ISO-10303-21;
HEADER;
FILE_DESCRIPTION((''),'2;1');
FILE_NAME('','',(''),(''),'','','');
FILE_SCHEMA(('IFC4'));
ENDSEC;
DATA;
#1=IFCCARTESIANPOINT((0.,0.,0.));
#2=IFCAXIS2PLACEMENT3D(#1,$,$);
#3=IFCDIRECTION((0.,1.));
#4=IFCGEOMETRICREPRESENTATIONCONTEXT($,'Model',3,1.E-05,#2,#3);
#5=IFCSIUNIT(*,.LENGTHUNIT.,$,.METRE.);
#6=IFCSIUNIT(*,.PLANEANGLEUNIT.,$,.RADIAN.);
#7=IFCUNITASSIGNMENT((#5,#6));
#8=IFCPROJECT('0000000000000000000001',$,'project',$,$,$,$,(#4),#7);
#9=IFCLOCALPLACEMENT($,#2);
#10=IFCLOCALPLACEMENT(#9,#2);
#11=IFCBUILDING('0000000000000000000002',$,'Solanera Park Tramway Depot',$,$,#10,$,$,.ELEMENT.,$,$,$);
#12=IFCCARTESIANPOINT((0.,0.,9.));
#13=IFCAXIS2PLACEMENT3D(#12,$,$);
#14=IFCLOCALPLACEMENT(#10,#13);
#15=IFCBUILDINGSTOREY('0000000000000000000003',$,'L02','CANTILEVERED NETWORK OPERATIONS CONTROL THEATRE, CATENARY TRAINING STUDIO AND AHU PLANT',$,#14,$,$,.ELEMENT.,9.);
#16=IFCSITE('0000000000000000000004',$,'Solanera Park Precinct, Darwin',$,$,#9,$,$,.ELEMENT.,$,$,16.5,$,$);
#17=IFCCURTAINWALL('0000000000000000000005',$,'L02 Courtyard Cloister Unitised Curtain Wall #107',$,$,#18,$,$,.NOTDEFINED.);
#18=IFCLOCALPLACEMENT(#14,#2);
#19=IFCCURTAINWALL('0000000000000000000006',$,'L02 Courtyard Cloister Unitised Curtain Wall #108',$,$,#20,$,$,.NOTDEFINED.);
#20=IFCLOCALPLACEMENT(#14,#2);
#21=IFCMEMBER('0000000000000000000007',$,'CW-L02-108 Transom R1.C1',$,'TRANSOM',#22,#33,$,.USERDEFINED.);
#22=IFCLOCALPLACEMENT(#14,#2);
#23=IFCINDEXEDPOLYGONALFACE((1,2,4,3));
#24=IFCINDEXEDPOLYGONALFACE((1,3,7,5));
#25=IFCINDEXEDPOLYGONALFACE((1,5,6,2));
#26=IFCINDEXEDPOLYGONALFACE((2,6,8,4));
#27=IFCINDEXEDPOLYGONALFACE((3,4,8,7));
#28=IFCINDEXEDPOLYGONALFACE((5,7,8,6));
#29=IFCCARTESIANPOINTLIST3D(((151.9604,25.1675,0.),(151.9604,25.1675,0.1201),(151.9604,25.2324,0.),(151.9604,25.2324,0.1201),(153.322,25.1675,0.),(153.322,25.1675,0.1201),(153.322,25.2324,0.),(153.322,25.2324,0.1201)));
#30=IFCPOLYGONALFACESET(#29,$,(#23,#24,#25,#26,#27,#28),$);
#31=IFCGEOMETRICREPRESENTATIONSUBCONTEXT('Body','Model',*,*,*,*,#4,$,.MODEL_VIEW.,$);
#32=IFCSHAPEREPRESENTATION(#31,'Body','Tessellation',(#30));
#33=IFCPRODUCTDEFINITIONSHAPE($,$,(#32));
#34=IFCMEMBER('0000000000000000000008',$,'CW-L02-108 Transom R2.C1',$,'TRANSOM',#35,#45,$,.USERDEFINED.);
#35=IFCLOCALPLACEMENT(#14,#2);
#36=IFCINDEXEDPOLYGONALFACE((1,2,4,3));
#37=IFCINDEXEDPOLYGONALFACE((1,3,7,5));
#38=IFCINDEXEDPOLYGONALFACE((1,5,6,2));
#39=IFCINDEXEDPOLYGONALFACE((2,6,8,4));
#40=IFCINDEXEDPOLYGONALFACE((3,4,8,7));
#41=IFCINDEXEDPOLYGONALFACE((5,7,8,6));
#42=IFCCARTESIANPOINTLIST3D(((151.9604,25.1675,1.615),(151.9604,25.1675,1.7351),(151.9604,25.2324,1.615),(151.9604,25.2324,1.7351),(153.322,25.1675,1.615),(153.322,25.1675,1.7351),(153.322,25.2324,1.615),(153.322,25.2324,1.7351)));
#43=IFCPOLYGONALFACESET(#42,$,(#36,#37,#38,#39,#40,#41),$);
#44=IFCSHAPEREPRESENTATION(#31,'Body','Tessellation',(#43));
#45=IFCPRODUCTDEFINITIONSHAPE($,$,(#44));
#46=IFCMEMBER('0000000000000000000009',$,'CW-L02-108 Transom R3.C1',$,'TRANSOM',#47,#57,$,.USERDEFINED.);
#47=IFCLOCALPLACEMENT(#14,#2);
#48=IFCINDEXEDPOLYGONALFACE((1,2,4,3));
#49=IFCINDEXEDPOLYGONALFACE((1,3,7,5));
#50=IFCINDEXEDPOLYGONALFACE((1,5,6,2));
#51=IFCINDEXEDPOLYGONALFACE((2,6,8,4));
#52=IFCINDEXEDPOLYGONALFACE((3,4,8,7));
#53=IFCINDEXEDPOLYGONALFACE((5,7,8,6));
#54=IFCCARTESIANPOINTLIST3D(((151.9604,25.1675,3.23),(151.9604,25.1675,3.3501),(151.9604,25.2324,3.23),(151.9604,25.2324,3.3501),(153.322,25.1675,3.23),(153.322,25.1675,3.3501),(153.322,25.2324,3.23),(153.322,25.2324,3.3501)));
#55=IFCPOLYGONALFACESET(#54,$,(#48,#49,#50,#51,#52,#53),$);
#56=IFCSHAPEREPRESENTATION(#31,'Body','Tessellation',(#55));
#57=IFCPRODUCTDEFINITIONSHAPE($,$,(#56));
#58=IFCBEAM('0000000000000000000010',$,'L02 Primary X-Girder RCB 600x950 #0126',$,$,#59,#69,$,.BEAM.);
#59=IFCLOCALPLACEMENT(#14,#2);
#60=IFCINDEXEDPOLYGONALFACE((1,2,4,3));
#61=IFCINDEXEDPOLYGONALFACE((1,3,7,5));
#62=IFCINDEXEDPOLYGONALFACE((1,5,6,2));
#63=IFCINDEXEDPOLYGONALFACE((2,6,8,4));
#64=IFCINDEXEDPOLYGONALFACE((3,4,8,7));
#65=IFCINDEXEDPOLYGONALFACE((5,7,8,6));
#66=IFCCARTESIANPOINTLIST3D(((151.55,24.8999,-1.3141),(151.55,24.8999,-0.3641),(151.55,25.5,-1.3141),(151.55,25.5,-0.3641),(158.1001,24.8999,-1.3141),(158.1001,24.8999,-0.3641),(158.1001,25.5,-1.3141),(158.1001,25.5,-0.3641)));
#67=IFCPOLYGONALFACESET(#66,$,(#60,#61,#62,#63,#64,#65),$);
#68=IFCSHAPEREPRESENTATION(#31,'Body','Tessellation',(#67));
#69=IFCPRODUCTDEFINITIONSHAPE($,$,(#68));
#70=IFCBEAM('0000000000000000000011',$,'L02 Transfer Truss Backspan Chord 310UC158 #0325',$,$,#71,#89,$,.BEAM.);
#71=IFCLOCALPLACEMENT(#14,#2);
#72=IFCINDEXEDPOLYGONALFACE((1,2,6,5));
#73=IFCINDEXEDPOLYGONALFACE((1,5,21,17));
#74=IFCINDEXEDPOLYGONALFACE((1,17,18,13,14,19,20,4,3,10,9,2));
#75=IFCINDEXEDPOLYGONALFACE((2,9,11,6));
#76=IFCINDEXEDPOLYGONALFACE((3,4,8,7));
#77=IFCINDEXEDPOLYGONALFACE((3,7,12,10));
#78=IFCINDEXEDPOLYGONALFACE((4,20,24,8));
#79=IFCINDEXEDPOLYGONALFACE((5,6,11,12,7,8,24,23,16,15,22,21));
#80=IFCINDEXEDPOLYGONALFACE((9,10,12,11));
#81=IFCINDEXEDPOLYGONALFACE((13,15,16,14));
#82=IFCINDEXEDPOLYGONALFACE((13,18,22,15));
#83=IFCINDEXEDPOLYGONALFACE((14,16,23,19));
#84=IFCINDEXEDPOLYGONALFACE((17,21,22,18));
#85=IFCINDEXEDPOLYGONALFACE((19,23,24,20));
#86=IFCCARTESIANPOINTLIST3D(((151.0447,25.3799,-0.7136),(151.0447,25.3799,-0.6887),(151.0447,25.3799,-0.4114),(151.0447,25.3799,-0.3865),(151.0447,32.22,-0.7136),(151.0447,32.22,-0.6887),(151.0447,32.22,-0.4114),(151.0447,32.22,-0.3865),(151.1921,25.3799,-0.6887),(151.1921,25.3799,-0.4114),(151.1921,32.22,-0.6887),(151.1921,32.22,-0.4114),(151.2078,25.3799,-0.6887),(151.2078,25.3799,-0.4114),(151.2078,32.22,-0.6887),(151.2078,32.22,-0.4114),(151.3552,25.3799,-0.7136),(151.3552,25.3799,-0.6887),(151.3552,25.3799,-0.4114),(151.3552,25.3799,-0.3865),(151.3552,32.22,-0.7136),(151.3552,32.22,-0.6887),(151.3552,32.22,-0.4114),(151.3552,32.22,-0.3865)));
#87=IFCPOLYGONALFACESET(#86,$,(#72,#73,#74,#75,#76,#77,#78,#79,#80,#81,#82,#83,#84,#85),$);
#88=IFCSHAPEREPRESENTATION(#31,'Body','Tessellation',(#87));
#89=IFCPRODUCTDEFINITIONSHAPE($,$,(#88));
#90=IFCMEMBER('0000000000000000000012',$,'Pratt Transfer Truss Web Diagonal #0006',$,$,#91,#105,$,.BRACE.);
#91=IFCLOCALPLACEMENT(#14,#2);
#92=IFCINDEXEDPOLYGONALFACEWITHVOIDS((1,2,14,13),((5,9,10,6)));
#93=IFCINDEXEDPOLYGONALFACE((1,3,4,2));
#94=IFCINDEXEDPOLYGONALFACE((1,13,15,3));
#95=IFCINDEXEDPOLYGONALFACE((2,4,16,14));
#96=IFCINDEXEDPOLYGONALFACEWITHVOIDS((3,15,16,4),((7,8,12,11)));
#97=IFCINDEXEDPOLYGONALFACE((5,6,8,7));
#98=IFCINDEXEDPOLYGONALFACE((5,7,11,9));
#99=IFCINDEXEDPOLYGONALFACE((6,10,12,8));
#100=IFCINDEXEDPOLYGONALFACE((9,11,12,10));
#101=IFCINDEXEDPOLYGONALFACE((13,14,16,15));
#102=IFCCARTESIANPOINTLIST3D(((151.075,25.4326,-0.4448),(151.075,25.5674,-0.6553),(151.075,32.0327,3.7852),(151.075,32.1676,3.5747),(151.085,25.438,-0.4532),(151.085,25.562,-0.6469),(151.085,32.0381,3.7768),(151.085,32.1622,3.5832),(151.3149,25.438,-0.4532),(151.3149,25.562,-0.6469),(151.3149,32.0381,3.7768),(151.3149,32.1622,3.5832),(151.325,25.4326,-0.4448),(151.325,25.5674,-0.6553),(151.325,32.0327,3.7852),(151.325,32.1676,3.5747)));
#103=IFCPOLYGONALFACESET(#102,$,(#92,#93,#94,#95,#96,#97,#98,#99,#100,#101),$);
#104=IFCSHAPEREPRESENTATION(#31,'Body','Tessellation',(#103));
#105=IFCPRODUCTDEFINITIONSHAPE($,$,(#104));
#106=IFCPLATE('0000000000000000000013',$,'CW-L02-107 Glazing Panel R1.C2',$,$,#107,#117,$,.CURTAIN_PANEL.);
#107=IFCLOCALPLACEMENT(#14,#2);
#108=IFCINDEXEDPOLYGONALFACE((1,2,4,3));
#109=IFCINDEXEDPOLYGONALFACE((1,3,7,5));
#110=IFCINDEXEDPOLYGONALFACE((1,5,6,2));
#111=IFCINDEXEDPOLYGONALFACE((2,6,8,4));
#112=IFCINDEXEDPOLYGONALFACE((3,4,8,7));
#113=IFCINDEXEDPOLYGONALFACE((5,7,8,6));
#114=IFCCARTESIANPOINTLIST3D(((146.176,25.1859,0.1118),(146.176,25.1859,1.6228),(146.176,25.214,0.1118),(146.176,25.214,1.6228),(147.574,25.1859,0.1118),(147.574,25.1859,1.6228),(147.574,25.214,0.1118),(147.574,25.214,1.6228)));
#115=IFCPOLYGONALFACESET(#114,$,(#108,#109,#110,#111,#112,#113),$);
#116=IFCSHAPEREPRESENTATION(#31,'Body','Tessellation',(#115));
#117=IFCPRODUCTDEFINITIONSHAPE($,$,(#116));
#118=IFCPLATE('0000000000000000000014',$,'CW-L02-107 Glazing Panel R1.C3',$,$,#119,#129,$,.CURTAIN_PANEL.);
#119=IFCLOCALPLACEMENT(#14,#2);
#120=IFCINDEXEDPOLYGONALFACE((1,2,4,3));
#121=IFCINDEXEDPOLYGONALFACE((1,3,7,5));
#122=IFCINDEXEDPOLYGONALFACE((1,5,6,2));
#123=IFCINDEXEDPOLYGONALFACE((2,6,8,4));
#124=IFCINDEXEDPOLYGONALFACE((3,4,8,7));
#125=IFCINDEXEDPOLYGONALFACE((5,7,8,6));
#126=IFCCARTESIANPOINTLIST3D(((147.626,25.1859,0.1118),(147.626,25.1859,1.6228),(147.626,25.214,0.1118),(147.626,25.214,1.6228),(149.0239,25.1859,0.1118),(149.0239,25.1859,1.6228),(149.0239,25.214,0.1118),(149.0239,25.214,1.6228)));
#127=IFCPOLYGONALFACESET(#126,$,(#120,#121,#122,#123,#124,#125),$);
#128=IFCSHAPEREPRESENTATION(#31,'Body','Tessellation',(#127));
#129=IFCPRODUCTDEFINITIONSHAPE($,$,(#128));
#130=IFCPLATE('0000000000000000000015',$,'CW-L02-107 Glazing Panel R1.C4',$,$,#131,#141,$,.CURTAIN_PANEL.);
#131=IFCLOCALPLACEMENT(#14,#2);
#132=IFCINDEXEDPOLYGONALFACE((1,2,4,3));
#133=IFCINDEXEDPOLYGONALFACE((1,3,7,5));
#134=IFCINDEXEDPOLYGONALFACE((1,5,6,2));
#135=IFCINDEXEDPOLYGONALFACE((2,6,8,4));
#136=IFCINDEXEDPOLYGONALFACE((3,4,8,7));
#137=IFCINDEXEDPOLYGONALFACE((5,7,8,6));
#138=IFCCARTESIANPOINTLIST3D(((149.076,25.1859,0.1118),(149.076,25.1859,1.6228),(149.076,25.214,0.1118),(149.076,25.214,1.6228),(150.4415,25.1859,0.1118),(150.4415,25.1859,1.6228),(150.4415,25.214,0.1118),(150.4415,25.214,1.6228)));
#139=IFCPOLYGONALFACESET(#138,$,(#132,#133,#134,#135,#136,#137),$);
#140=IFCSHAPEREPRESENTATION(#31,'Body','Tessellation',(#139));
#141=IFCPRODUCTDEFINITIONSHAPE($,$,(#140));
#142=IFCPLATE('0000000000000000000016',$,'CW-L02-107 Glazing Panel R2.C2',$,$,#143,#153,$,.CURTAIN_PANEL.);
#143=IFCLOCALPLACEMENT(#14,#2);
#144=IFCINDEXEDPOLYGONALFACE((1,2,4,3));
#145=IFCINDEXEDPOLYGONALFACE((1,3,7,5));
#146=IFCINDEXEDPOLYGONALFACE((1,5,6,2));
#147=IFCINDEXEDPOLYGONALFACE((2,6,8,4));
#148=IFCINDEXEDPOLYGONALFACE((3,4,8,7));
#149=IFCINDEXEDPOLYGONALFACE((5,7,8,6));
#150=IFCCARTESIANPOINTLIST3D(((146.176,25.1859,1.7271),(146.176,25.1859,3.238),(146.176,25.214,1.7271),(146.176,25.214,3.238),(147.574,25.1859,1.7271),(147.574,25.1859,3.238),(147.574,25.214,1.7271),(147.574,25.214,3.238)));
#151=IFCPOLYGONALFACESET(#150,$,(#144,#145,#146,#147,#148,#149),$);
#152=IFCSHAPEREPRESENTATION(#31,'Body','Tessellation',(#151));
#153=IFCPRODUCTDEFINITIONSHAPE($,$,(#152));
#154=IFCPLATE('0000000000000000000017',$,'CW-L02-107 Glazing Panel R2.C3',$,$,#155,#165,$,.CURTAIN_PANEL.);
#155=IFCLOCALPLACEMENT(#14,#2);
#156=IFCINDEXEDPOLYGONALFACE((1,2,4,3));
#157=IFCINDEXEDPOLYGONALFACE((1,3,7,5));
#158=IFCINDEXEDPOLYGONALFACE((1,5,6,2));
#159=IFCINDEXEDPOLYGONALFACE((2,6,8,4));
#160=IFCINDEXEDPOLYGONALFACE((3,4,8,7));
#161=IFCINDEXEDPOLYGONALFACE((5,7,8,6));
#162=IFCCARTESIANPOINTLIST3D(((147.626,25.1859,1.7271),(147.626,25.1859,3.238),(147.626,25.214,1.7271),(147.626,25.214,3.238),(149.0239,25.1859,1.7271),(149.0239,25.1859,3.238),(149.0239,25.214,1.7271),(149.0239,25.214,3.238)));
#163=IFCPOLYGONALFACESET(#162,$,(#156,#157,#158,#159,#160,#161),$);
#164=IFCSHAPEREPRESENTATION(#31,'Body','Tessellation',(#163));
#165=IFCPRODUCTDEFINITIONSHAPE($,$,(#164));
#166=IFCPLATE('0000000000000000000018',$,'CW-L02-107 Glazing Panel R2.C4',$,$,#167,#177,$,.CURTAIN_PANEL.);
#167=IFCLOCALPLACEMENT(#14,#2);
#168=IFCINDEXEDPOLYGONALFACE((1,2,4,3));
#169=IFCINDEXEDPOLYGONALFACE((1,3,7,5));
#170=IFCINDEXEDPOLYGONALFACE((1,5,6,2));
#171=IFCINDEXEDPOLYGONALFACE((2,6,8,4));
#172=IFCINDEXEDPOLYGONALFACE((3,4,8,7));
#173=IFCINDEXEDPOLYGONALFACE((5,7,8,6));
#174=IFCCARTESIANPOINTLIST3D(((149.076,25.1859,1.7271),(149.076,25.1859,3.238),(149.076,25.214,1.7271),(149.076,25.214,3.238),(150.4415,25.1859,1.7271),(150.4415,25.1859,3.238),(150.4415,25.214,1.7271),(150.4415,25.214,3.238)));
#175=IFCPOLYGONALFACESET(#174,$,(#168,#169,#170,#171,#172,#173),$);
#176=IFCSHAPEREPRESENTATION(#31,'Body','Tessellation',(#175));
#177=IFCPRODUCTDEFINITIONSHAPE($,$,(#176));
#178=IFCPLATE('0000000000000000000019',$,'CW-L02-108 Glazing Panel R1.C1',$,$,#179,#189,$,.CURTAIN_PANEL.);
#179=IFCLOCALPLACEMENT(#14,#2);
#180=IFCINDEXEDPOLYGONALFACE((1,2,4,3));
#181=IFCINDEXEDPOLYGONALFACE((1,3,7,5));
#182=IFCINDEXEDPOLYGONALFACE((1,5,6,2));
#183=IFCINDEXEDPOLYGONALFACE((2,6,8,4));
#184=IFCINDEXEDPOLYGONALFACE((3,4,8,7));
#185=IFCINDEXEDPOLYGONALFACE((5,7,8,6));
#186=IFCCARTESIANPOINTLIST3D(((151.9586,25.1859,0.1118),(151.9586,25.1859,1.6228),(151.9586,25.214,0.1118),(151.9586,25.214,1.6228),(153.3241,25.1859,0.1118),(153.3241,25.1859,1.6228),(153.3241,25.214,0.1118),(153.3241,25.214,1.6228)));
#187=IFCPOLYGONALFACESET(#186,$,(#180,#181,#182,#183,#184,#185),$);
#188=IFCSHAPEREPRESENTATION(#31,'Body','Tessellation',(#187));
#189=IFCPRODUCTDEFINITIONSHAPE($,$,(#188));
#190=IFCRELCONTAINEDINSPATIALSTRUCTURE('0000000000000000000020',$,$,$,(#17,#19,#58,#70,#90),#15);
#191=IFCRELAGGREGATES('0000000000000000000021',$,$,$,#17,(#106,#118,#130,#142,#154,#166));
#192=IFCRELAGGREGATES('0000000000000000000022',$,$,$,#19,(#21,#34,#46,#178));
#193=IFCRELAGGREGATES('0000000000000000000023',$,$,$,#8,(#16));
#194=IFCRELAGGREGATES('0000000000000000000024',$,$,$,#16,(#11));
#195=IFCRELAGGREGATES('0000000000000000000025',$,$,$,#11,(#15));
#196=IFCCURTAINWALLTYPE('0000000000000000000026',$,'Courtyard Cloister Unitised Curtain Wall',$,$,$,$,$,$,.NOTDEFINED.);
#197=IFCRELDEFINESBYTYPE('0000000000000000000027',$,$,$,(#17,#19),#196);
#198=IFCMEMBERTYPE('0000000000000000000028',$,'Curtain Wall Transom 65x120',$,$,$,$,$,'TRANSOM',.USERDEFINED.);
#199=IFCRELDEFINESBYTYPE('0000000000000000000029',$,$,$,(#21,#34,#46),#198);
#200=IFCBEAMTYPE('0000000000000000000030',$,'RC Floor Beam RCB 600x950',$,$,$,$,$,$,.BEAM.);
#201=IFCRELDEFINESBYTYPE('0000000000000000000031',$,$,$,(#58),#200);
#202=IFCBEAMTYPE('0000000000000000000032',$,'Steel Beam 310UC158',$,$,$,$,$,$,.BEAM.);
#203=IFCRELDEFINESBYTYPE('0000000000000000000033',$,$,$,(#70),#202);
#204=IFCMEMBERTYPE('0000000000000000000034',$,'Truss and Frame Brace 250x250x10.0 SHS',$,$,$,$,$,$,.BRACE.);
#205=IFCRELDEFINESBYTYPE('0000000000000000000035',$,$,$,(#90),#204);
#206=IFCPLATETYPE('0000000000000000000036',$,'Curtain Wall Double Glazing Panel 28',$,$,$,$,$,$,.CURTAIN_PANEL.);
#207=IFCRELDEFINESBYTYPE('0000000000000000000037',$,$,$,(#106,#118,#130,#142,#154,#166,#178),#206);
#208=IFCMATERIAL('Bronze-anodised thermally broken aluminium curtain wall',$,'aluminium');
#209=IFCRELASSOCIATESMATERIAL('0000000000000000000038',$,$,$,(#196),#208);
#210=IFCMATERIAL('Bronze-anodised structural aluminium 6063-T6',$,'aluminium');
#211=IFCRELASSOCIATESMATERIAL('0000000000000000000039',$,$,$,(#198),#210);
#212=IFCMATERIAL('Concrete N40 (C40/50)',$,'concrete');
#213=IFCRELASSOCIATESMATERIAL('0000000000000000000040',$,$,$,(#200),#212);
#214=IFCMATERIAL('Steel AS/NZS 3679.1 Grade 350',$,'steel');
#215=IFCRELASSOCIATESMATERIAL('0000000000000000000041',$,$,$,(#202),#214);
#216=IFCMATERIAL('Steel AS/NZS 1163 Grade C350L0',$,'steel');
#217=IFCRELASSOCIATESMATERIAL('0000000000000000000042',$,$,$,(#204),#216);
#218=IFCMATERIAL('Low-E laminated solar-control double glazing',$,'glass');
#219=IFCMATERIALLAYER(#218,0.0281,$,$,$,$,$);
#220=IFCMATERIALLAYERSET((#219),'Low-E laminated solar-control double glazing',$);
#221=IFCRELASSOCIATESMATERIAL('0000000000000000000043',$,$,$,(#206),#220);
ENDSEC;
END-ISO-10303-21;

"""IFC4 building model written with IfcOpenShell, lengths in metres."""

from ifc_helpers import new_model, si_unit, direction, frame, origin, origin_2d, place, context, subcontext, project, spatial, rectangle, hollow_rectangle, i_section, extrude, material, layer, layer_set, material_profile, profile_set, type_object, element, aggregate, save


model = new_model("IFC4")

# Units and contexts
model_context = context("Model", 3, precision=1e-05, world=origin(), true_north=direction((0.0, 1.0)))
body_context = subcontext(model_context, "Body", "Model", "MODEL_VIEW")
ifc_project = project(units=[si_unit("LENGTHUNIT", "METRE"), si_unit("PLANEANGLEUNIT", "RADIAN")], contexts=[model_context])

# Site, building, storey
site_placement = place(None, origin())
site = spatial("IfcSite", under=ifc_project, at=site_placement, Name="Solanera Park Precinct, Darwin", CompositionType="ELEMENT", RefElevation=16.5)
building_placement = place(site_placement, origin())
building = spatial("IfcBuilding", under=site, at=building_placement, Name="Solanera Park Tramway Depot", CompositionType="ELEMENT")
storey_placement = place(building_placement, frame((0.0, 0.0, 9.0)))
storey = spatial("IfcBuildingStorey", under=building, at=storey_placement, Name="L02", Description="CANTILEVERED NETWORK OPERATIONS CONTROL THEATRE, CATENARY TRAINING STUDIO AND AHU PLANT", CompositionType="ELEMENT", Elevation=9.0)

# Curtain wall
ifc_material_1 = material(Name="Bronze-anodised thermally broken aluminium curtain wall", Category="aluminium")
curtain_wall_type = type_object("IfcCurtainWallType", Name="Courtyard Cloister Unitised Curtain Wall", PredefinedType="NOTDEFINED", material=ifc_material_1)
curtain_wall_1_placement = place(storey_placement, origin())
curtain_wall_1 = element("IfcCurtainWall", 1, at=curtain_wall_1_placement, inside=storey, type_object=curtain_wall_type, Name="L02 Courtyard Cloister Unitised Curtain Wall #107", PredefinedType="NOTDEFINED")

# Curtain wall
curtain_wall_2_placement = place(storey_placement, origin())
curtain_wall_2 = element("IfcCurtainWall", 2, at=curtain_wall_2_placement, inside=storey, type_object=curtain_wall_type, Name="L02 Courtyard Cloister Unitised Curtain Wall #108", PredefinedType="NOTDEFINED")

# Members
ifc_material_2 = material(Name="Bronze-anodised structural aluminium 6063-T6", Category="aluminium")
ifc_material_profile_1 = material_profile(ifc_material_2, rectangle(XDim=0.0649, YDim=0.1201, at=origin_2d()), Name="Curtain Wall Transom 65x120")
ifc_profile_set_1 = profile_set([ifc_material_profile_1], Name="Bronze-anodised structural aluminium 6063-T6")
member_type_1 = type_object("IfcMemberType", Name="Curtain Wall Transom 65x120", ElementType="TRANSOM", PredefinedType="USERDEFINED", material=ifc_profile_set_1)
member_1_placement = place(storey_placement, frame((151.9604, 25.2, 0.0601), z_axis=(1.0, 0.0, 0.0), x_axis=(0.0, 1.0, 0.0)))
member_1 = element("IfcMember", 3, at=member_1_placement, type_object=member_type_1, Name="CW-L02-108 Transom R1.C1", ObjectType="TRANSOM", PredefinedType="USERDEFINED", context=body_context, shape_type="SweptSolid", body=[
    extrude(rectangle(XDim=0.0649, YDim=0.1201, at=origin_2d()), origin(), (0.0, 0.0, 1.0), 1.3616),
])
member_2_placement = place(storey_placement, frame((151.9604, 25.2, 1.675), z_axis=(1.0, 0.0, 0.0), x_axis=(0.0, 1.0, 0.0)))
member_2 = element("IfcMember", 4, at=member_2_placement, type_object=member_type_1, Name="CW-L02-108 Transom R2.C1", ObjectType="TRANSOM", PredefinedType="USERDEFINED", context=body_context, shape_type="SweptSolid", body=[
    extrude(rectangle(XDim=0.0649, YDim=0.1201, at=origin_2d()), origin(), (0.0, 0.0, 1.0), 1.3616),
])
member_3_placement = place(storey_placement, frame((151.9604, 25.2, 3.29), z_axis=(1.0, 0.0, 0.0), x_axis=(0.0, 1.0, 0.0)))
member_3 = element("IfcMember", 5, at=member_3_placement, type_object=member_type_1, Name="CW-L02-108 Transom R3.C1", ObjectType="TRANSOM", PredefinedType="USERDEFINED", context=body_context, shape_type="SweptSolid", body=[
    extrude(rectangle(XDim=0.0649, YDim=0.1201, at=origin_2d()), origin(), (0.0, 0.0, 1.0), 1.3616),
])

# Beams
ifc_material_3 = material(Name="Concrete N40 (C40/50)", Category="concrete")
ifc_material_profile_2 = material_profile(ifc_material_3, rectangle(XDim=0.6001, YDim=0.95, at=origin_2d()), Name="RCB 600x950")
ifc_profile_set_2 = profile_set([ifc_material_profile_2], Name="Concrete N40 (C40/50)")
beam_type_1 = type_object("IfcBeamType", Name="RC Floor Beam RCB 600x950", PredefinedType="BEAM", material=ifc_profile_set_2)
beam_1_placement = place(storey_placement, frame((151.55, 25.2, -0.8391), z_axis=(1.0, 0.0, 0.0), x_axis=(0.0, 1.0, 0.0)))
element("IfcBeam", 6, at=beam_1_placement, inside=storey, type_object=beam_type_1, Name="L02 Primary X-Girder RCB 600x950 #0126", PredefinedType="BEAM", context=body_context, shape_type="SweptSolid", body=[
    extrude(rectangle(XDim=0.6001, YDim=0.95, at=origin_2d()), origin(), (0.0, 0.0, 1.0), 6.55),
])
ifc_material_4 = material(Name="Steel AS/NZS 3679.1 Grade 350", Category="steel")
ifc_material_profile_3 = material_profile(ifc_material_4, i_section(OverallWidth=0.3105, OverallDepth=0.3271, WebThickness=0.0156, FlangeThickness=0.0249, at=origin_2d()), Name="310UC158")
ifc_profile_set_3 = profile_set([ifc_material_profile_3], Name="Steel AS/NZS 3679.1 Grade 350")
beam_type_2 = type_object("IfcBeamType", Name="Steel Beam 310UC158", PredefinedType="BEAM", material=ifc_profile_set_3)
beam_2_placement = place(storey_placement, frame((151.2, 25.3799, -0.55), z_axis=(0.0, 1.0, 0.0), x_axis=(-1.0, 0.0, 0.0)))
element("IfcBeam", 7, at=beam_2_placement, inside=storey, type_object=beam_type_2, Name="L02 Transfer Truss Backspan Chord 310UC158 #0325", PredefinedType="BEAM", context=body_context, shape_type="SweptSolid", body=[
    extrude(i_section(OverallWidth=0.3105, OverallDepth=0.3271, WebThickness=0.0156, FlangeThickness=0.0249, at=origin_2d()), origin(), (0.0, 0.0, 1.0), 6.8401),
])

# Member
ifc_material_5 = material(Name="Steel AS/NZS 1163 Grade C350L0", Category="steel")
ifc_material_profile_4 = material_profile(ifc_material_5, hollow_rectangle(XDim=0.25, YDim=0.25, WallThickness=0.01, at=origin_2d()), Name="250x250x10.0 SHS")
ifc_profile_set_4 = profile_set([ifc_material_profile_4], Name="Steel AS/NZS 1163 Grade C350L0")
member_type_2 = type_object("IfcMemberType", Name="Truss and Frame Brace 250x250x10.0 SHS", PredefinedType="BRACE", material=ifc_profile_set_4)
member_4_placement = place(storey_placement, frame((151.2, 25.5, -0.55), z_axis=(0.0, 0.841928, 0.539589), x_axis=(-1.0, 0.0, 0.0)))
element("IfcMember", 8, at=member_4_placement, inside=storey, type_object=member_type_2, Name="Pratt Transfer Truss Web Diagonal #0006", PredefinedType="BRACE", context=body_context, shape_type="SweptSolid", body=[
    extrude(hollow_rectangle(XDim=0.25, YDim=0.25, WallThickness=0.01, at=origin_2d()), origin(), (0.0, 0.0, 1.0), 7.8394),
])

# Plates
ifc_material_6 = material(Name="Low-E laminated solar-control double glazing", Category="glass")
ifc_layer_1 = layer(ifc_material_6, 0.0281)
ifc_layer_set_1 = layer_set([ifc_layer_1], Name="Low-E laminated solar-control double glazing")
plate_type_1 = type_object("IfcPlateType", Name="Curtain Wall Double Glazing Panel 28", PredefinedType="CURTAIN_PANEL", material=ifc_layer_set_1)
plate_1_placement = place(storey_placement, frame((146.875, 25.2, 0.1118), z_axis=(0.0, 0.0, 1.0), x_axis=(1.0, 0.0, 0.0)))
plate_1 = element("IfcPlate", 9, at=plate_1_placement, type_object=plate_type_1, Name="CW-L02-107 Glazing Panel R1.C2", PredefinedType="CURTAIN_PANEL", context=body_context, shape_type="SweptSolid", body=[
    extrude(rectangle(XDim=1.3979, YDim=0.0281, at=origin_2d()), origin(), (0.0, 0.0, 1.0), 1.511),
])
plate_2_placement = place(storey_placement, frame((148.325, 25.2, 0.1118), z_axis=(0.0, 0.0, 1.0), x_axis=(1.0, 0.0, 0.0)))
plate_2 = element("IfcPlate", 10, at=plate_2_placement, type_object=plate_type_1, Name="CW-L02-107 Glazing Panel R1.C3", PredefinedType="CURTAIN_PANEL", context=body_context, shape_type="SweptSolid", body=[
    extrude(rectangle(XDim=1.3979, YDim=0.0281, at=origin_2d()), origin(), (0.0, 0.0, 1.0), 1.511),
])
plate_3_placement = place(storey_placement, frame((149.7588, 25.2, 0.1118), z_axis=(0.0, 0.0, 1.0), x_axis=(1.0, 0.0, 0.0)))
plate_3 = element("IfcPlate", 11, at=plate_3_placement, type_object=plate_type_1, Name="CW-L02-107 Glazing Panel R1.C4", PredefinedType="CURTAIN_PANEL", context=body_context, shape_type="SweptSolid", body=[
    extrude(rectangle(XDim=1.3655, YDim=0.0281, at=origin_2d()), origin(), (0.0, 0.0, 1.0), 1.511),
])
plate_4_placement = place(storey_placement, frame((146.875, 25.2, 1.7271), z_axis=(0.0, 0.0, 1.0), x_axis=(1.0, 0.0, 0.0)))
plate_4 = element("IfcPlate", 12, at=plate_4_placement, type_object=plate_type_1, Name="CW-L02-107 Glazing Panel R2.C2", PredefinedType="CURTAIN_PANEL", context=body_context, shape_type="SweptSolid", body=[
    extrude(rectangle(XDim=1.3979, YDim=0.0281, at=origin_2d()), origin(), (0.0, 0.0, 1.0), 1.511),
])
plate_5_placement = place(storey_placement, frame((148.325, 25.2, 1.7271), z_axis=(0.0, 0.0, 1.0), x_axis=(1.0, 0.0, 0.0)))
plate_5 = element("IfcPlate", 13, at=plate_5_placement, type_object=plate_type_1, Name="CW-L02-107 Glazing Panel R2.C3", PredefinedType="CURTAIN_PANEL", context=body_context, shape_type="SweptSolid", body=[
    extrude(rectangle(XDim=1.3979, YDim=0.0281, at=origin_2d()), origin(), (0.0, 0.0, 1.0), 1.511),
])
plate_6_placement = place(storey_placement, frame((149.7588, 25.2, 1.7271), z_axis=(0.0, 0.0, 1.0), x_axis=(1.0, 0.0, 0.0)))
plate_6 = element("IfcPlate", 14, at=plate_6_placement, type_object=plate_type_1, Name="CW-L02-107 Glazing Panel R2.C4", PredefinedType="CURTAIN_PANEL", context=body_context, shape_type="SweptSolid", body=[
    extrude(rectangle(XDim=1.3655, YDim=0.0281, at=origin_2d()), origin(), (0.0, 0.0, 1.0), 1.511),
])
aggregate(curtain_wall_1, [plate_1, plate_2, plate_3, plate_4, plate_5, plate_6])
plate_7_placement = place(storey_placement, frame((152.6414, 25.2, 0.1118), z_axis=(0.0, 0.0, 1.0), x_axis=(1.0, 0.0, 0.0)))
plate_7 = element("IfcPlate", 15, at=plate_7_placement, type_object=plate_type_1, Name="CW-L02-108 Glazing Panel R1.C1", PredefinedType="CURTAIN_PANEL", context=body_context, shape_type="SweptSolid", body=[
    extrude(rectangle(XDim=1.3655, YDim=0.0281, at=origin_2d()), origin(), (0.0, 0.0, 1.0), 1.511),
])
aggregate(curtain_wall_2, [member_1, member_2, member_3, plate_7])

save(model, "model.ifc")
